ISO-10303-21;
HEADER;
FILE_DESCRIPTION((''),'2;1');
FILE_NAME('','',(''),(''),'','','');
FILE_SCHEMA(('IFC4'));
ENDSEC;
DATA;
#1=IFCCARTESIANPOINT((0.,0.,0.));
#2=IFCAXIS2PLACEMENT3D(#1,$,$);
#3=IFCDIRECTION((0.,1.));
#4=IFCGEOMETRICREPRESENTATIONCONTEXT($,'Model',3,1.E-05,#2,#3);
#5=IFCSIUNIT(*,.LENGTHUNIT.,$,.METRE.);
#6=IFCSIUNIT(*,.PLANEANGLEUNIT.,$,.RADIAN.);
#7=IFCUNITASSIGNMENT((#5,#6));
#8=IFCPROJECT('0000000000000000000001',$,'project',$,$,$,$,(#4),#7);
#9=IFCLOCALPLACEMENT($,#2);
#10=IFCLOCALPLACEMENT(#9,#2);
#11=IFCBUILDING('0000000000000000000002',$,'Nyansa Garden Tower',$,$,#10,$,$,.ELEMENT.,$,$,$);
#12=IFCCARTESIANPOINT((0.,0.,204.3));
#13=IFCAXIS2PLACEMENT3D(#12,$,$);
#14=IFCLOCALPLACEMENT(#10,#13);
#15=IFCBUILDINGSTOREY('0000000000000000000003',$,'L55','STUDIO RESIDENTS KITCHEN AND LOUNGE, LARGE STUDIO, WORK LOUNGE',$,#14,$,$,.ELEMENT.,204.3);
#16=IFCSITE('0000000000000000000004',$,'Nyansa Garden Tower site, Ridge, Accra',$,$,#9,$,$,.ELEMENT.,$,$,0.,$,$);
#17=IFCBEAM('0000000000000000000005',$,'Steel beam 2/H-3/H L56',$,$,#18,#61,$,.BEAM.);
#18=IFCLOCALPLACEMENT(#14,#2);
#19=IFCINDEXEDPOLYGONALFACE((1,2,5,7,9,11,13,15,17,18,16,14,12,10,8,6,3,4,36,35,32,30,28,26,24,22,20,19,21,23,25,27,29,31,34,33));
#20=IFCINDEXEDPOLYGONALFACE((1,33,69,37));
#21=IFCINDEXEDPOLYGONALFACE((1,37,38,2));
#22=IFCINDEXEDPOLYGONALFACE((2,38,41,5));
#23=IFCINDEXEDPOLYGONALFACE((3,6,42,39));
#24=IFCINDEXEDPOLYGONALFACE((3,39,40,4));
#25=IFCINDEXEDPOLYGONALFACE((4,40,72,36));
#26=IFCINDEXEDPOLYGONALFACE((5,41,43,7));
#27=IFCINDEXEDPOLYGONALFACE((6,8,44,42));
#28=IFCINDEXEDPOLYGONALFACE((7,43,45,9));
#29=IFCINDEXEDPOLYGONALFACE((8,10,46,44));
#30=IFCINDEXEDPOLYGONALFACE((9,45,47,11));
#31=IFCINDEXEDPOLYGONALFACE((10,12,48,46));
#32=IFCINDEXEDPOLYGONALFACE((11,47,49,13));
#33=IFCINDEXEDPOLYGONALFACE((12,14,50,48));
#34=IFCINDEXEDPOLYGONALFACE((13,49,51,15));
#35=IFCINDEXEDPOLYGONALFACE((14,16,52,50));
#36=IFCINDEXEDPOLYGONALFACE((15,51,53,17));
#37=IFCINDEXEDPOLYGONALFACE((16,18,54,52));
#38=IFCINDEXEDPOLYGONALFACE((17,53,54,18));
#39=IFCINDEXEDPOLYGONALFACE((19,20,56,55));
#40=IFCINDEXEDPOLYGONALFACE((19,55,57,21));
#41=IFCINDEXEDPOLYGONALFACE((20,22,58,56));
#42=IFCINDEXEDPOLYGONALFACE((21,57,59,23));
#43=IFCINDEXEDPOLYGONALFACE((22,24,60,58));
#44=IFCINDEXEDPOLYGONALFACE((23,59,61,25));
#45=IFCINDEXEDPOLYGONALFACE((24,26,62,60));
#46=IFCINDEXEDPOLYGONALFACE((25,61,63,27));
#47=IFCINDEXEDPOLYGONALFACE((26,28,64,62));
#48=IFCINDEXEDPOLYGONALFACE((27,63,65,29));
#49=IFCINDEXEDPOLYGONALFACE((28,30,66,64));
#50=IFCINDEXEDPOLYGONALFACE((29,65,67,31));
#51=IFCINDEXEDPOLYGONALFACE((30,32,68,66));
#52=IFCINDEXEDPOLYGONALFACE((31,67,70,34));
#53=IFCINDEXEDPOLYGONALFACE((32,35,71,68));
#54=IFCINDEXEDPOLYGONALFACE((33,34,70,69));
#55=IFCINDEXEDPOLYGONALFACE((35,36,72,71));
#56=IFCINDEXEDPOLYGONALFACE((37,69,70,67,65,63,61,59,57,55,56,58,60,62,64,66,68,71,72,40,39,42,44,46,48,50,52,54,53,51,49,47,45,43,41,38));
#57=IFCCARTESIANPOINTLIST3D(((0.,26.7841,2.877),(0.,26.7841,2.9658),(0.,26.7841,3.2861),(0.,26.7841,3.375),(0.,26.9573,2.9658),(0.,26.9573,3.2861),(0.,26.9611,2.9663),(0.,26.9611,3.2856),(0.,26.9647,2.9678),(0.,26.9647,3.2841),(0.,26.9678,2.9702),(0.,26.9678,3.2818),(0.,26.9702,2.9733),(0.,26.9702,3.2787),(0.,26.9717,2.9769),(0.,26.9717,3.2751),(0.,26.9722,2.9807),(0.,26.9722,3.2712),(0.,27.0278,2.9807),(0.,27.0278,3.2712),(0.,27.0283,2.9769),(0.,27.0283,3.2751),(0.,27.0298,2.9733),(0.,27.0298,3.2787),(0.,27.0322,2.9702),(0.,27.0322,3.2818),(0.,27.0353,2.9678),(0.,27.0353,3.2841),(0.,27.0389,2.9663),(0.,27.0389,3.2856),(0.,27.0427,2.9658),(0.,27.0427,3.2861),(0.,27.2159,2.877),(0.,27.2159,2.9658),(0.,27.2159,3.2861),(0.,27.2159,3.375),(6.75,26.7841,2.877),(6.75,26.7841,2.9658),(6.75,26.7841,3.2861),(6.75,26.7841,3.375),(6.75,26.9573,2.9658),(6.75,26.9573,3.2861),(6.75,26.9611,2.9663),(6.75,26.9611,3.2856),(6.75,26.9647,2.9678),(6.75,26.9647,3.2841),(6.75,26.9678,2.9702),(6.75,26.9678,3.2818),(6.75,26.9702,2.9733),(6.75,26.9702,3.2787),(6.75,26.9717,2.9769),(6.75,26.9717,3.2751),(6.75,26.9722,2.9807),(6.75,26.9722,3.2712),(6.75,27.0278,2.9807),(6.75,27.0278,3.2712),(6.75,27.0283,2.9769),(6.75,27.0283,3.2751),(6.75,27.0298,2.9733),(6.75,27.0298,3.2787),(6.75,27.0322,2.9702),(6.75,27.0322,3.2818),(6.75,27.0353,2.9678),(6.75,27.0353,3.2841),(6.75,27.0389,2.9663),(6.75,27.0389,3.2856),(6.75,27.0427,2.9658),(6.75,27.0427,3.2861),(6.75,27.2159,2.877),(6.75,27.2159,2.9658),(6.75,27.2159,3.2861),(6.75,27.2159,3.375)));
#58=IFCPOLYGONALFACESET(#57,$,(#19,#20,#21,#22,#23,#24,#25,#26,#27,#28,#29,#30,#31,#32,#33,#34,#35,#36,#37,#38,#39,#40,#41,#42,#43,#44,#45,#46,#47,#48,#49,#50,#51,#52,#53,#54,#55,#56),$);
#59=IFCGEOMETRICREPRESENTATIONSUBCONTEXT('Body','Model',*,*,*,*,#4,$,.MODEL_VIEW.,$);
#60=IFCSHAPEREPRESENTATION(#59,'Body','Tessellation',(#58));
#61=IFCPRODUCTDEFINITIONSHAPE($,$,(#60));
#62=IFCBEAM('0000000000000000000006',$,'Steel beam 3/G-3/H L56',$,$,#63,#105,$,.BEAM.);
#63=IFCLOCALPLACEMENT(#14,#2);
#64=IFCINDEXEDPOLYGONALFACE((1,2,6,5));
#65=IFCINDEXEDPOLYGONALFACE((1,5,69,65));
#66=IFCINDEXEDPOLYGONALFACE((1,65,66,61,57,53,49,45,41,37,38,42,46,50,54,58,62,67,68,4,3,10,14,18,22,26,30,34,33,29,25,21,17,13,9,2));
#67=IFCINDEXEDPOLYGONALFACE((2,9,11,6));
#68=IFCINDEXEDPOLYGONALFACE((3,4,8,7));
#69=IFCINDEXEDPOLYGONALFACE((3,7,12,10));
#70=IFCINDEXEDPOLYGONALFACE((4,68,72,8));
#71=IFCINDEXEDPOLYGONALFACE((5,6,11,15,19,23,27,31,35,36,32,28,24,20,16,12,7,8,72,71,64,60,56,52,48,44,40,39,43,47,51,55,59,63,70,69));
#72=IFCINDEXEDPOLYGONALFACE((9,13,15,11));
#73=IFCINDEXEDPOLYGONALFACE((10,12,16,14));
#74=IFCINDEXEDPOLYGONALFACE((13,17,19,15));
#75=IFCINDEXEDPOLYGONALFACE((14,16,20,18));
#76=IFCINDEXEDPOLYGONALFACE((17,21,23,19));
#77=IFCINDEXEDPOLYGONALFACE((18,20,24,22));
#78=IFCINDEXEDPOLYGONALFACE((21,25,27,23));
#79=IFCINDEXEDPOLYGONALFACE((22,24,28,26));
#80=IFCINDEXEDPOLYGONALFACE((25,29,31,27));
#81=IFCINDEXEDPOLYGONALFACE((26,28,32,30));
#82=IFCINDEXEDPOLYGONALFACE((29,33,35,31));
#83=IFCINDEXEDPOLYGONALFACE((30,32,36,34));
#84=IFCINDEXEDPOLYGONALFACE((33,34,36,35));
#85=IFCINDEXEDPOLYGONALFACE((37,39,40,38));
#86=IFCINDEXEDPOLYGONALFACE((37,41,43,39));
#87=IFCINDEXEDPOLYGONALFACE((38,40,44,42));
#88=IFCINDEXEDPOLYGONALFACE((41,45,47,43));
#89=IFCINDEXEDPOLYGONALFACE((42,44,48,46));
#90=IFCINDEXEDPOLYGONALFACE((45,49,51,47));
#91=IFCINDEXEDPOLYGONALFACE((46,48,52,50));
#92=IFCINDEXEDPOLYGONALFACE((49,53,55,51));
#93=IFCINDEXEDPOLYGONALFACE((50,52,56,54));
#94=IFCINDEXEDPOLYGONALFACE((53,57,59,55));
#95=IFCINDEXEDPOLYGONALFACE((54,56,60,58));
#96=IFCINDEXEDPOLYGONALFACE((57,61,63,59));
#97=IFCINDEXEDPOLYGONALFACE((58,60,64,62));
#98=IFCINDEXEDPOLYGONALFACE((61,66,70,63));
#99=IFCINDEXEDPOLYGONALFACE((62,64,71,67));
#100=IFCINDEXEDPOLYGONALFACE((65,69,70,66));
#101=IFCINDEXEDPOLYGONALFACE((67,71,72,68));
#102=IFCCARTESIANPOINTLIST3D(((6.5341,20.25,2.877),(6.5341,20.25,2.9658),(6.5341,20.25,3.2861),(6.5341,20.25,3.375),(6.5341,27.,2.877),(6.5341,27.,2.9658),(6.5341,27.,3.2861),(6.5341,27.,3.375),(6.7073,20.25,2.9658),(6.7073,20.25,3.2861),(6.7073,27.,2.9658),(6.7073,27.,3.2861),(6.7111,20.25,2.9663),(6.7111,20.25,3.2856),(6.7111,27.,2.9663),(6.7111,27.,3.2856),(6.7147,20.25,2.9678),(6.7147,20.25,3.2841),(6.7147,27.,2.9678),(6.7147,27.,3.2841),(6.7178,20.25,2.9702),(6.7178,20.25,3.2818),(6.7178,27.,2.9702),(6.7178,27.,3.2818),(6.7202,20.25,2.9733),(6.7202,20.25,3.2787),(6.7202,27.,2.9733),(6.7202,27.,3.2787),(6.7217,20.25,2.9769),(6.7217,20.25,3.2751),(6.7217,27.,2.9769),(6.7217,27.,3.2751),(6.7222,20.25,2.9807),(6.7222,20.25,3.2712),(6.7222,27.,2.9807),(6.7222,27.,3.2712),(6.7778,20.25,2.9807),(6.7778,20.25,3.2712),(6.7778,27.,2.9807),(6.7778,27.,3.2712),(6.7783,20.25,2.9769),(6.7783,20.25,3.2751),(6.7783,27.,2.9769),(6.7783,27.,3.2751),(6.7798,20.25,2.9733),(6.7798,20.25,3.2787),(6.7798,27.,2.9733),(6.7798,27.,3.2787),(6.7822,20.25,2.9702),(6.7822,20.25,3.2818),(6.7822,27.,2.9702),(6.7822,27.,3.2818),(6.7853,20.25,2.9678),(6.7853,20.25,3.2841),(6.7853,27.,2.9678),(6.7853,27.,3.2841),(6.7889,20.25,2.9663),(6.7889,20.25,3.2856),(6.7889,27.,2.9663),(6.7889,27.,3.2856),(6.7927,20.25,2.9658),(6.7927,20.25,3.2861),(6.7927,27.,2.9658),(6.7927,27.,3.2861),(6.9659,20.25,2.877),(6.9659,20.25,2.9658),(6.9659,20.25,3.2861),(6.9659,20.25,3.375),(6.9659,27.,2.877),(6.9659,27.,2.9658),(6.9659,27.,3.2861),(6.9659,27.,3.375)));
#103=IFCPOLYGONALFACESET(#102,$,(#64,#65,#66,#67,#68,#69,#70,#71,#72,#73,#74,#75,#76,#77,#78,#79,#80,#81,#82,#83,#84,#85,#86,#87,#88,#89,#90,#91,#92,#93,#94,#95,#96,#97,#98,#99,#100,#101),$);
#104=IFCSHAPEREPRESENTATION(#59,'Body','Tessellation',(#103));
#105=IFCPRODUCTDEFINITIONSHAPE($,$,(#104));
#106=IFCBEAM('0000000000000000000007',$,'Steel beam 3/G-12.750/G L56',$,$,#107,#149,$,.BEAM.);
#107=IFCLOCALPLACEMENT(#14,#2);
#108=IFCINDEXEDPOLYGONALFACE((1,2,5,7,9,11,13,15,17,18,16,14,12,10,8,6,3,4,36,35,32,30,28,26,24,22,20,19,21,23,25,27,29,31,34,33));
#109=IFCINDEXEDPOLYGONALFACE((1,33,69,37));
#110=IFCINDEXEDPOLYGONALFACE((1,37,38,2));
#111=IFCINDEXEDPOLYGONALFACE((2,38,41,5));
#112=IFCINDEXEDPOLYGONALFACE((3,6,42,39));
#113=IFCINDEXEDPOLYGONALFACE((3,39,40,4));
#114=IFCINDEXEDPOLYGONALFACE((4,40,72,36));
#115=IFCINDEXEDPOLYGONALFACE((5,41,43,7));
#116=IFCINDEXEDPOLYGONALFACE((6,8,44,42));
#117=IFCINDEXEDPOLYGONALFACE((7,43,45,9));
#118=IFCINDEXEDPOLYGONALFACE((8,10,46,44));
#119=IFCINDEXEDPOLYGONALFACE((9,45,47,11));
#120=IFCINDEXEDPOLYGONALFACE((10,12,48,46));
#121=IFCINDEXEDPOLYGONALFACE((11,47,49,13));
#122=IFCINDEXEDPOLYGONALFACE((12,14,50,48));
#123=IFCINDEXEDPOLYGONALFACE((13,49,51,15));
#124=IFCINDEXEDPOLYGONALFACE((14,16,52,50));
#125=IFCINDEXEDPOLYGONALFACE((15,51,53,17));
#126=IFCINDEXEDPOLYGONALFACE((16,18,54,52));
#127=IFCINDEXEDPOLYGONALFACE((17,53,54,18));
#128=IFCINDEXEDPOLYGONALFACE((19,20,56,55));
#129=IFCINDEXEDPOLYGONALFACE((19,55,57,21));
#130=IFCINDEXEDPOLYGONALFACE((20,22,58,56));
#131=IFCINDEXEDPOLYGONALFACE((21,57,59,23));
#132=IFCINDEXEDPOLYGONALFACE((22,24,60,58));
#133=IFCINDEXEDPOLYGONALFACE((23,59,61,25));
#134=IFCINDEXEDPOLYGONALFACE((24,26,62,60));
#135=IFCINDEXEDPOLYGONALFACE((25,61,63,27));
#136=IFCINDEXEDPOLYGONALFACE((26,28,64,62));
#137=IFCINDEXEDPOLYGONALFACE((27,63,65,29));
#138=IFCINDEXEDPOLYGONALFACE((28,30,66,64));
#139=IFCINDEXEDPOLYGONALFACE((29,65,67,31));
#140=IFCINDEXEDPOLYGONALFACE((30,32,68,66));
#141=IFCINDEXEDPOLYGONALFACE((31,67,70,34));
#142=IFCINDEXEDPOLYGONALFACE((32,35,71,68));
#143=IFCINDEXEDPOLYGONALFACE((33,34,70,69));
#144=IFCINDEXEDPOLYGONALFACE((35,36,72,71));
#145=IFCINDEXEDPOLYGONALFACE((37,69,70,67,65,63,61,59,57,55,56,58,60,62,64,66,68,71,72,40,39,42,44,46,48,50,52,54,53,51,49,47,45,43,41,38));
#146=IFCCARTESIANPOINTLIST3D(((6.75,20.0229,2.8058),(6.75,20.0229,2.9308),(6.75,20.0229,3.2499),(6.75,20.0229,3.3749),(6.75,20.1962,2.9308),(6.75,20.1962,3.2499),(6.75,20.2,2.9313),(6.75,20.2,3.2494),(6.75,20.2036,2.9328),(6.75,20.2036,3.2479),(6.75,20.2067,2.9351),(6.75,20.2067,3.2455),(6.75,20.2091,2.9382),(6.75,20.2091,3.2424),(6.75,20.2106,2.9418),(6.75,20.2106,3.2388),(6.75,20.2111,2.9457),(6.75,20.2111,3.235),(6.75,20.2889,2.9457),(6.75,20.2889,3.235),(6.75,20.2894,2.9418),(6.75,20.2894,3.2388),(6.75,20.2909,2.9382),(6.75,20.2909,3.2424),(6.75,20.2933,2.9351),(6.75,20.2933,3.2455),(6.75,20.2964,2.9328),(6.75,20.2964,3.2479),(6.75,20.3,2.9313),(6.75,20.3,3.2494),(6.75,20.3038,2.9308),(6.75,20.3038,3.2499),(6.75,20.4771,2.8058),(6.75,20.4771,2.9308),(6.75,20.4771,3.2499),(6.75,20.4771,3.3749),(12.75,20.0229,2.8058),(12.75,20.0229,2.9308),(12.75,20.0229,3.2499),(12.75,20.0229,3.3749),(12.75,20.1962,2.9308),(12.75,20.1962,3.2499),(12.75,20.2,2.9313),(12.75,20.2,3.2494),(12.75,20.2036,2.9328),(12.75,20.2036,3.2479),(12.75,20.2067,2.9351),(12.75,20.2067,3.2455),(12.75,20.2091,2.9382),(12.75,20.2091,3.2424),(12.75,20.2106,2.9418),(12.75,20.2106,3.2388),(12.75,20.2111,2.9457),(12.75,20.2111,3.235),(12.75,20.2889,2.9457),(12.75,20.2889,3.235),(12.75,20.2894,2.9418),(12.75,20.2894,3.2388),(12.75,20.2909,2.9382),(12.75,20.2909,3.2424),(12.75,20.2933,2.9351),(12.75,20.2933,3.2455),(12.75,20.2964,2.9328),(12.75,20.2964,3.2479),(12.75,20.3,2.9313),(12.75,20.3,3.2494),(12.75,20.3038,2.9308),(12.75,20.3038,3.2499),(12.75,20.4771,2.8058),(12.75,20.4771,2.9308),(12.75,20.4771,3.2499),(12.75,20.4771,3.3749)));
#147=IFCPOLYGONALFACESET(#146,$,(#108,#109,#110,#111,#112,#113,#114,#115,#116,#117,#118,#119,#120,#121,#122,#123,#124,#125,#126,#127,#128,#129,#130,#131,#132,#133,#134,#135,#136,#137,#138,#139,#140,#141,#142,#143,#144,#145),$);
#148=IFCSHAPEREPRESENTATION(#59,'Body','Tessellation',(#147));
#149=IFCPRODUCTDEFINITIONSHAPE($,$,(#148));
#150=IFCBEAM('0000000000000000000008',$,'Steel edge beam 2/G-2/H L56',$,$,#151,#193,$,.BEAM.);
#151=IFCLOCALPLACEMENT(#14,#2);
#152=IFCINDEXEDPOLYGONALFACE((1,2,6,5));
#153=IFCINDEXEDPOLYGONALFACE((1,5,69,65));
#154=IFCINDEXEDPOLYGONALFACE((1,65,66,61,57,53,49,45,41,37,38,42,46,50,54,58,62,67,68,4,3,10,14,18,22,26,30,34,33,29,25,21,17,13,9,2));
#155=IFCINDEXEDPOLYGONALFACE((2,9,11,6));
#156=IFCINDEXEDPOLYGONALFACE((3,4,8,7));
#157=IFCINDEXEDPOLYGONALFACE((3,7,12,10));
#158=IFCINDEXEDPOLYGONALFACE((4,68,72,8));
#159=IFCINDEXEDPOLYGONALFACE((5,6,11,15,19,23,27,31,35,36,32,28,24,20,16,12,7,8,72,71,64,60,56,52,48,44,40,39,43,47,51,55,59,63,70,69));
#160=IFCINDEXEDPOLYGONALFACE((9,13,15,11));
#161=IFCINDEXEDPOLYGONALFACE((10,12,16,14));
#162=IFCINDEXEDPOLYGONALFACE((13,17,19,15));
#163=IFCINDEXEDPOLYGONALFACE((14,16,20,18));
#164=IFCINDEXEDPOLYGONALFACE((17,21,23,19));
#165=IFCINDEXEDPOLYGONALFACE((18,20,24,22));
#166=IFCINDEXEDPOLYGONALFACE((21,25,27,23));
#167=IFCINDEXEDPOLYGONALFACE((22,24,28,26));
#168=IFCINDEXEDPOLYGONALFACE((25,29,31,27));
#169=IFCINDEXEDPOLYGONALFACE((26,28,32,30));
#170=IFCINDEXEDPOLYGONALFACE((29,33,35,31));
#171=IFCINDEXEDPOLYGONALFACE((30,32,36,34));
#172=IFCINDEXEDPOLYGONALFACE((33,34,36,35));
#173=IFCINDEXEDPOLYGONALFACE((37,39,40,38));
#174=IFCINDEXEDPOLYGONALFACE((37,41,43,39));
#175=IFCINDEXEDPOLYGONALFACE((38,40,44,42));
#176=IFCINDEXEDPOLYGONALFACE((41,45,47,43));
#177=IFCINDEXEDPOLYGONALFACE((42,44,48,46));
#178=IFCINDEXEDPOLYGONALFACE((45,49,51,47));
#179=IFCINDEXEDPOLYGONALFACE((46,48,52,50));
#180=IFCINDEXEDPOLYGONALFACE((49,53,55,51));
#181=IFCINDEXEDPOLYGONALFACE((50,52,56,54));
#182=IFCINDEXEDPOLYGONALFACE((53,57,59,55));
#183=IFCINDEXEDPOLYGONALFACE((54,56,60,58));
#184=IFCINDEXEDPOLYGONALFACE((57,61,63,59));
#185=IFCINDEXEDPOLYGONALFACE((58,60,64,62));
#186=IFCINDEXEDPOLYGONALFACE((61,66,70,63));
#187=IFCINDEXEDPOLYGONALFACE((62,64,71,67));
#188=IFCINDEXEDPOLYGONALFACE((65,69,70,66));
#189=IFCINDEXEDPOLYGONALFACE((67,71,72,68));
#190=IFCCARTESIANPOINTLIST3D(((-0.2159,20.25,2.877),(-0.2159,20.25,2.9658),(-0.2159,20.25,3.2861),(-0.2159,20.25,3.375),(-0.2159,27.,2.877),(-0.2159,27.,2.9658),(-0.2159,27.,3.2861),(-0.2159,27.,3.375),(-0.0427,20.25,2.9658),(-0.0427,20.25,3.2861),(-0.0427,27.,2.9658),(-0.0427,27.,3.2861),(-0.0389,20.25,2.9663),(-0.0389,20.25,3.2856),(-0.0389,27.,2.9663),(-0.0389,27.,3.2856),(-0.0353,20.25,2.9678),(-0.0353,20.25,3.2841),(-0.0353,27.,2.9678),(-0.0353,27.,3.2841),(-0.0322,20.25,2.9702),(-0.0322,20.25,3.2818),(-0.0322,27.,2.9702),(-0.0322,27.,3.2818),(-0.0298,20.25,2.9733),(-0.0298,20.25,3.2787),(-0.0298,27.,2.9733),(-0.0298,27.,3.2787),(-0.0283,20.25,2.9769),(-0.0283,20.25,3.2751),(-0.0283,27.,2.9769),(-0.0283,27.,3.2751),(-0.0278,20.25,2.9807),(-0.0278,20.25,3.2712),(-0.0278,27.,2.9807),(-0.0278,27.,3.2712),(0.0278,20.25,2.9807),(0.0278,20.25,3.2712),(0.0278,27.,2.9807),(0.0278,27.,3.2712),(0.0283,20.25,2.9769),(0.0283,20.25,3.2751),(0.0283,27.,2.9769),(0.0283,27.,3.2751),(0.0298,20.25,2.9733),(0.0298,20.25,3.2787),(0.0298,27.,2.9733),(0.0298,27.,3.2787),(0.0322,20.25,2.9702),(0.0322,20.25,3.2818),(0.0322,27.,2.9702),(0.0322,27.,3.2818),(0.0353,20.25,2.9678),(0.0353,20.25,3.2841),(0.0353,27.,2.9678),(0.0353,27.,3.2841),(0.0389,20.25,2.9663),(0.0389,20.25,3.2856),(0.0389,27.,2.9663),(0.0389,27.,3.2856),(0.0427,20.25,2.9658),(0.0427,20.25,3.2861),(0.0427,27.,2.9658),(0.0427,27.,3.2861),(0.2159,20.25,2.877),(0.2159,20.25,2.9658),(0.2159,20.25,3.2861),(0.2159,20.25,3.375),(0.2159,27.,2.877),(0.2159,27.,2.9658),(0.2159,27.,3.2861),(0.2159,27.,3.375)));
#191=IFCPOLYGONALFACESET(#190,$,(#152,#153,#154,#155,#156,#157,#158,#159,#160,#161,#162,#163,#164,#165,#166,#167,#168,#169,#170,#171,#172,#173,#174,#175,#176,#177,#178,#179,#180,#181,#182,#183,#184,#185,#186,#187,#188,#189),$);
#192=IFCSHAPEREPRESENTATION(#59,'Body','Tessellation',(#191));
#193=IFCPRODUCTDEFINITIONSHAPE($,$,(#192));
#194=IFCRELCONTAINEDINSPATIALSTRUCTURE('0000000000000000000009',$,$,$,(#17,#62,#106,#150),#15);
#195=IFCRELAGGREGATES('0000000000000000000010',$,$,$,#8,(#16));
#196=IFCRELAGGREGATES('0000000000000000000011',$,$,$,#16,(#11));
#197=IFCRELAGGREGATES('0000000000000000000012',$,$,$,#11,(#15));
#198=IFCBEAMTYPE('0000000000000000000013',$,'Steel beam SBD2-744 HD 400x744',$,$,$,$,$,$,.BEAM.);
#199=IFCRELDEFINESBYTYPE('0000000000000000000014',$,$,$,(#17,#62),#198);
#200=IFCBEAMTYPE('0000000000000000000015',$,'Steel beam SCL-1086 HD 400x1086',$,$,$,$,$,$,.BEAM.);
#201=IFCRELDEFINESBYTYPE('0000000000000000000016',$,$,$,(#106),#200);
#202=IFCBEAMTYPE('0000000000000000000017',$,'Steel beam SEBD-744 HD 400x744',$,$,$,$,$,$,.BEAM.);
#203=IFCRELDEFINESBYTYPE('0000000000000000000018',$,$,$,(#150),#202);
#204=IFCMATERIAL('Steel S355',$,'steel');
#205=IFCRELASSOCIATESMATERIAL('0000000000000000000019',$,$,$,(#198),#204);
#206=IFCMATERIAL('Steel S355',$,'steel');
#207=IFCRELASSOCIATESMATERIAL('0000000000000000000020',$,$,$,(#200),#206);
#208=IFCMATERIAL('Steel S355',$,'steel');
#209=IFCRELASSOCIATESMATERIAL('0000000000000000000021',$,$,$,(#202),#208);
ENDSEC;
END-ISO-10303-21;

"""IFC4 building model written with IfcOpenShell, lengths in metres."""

from ifc_helpers import new_model, si_unit, direction, frame, origin, origin_2d, place, context, subcontext, project, spatial, i_section, extrude, material, material_profile, profile_set, type_object, element, save


model = new_model("IFC4")

# Units and contexts
model_context = context("Model", 3, precision=1e-05, world=origin(), true_north=direction((0.0, 1.0)))
body_context = subcontext(model_context, "Body", "Model", "MODEL_VIEW")
ifc_project = project(units=[si_unit("LENGTHUNIT", "METRE"), si_unit("PLANEANGLEUNIT", "RADIAN")], contexts=[model_context])

# Site, building, storey
site_placement = place(None, origin())
site = spatial("IfcSite", under=ifc_project, at=site_placement, Name="Nyansa Garden Tower site, Ridge, Accra", CompositionType="ELEMENT", RefElevation=0.0)
building_placement = place(site_placement, origin())
building = spatial("IfcBuilding", under=site, at=building_placement, Name="Nyansa Garden Tower", CompositionType="ELEMENT")
storey_placement = place(building_placement, frame((0.0, 0.0, 204.3)))
storey = spatial("IfcBuildingStorey", under=building, at=storey_placement, Name="L55", Description="STUDIO RESIDENTS KITCHEN AND LOUNGE, LARGE STUDIO, WORK LOUNGE", CompositionType="ELEMENT", Elevation=204.3)

# Beams
ifc_material_1 = material(Name="Steel S355", Category="steel")
ifc_material_profile_1 = material_profile(ifc_material_1, i_section(OverallWidth=0.4319, OverallDepth=0.498, WebThickness=0.0557, FlangeThickness=0.0889, FilletRadius=0.0149, at=origin_2d()), Name="HD 400x744")
ifc_profile_set_1 = profile_set([ifc_material_profile_1], Name="Steel S355")
beam_type_1 = type_object("IfcBeamType", Name="Steel beam SBD2-744 HD 400x744", PredefinedType="BEAM", material=ifc_profile_set_1)
for number, where, z_axis, x_axis, name in (
    (1, (0.0, 27.0, 3.126), (1.0, 0.0, 0.0), (0.0, 1.0, 0.0), "Steel beam 2/H-3/H L56"),
    (2, (6.75, 20.25, 3.126), (0.0, 1.0, 0.0), (-1.0, 0.0, 0.0), "Steel beam 3/G-3/H L56"),
):
    element("IfcBeam", number, at=place(storey_placement, frame(where, z_axis=z_axis, x_axis=x_axis)), inside=storey, type_object=beam_type_1, Name=name, PredefinedType="BEAM", context=body_context, shape_type="SweptSolid", body=[
        extrude(i_section(OverallWidth=0.4319, OverallDepth=0.498, WebThickness=0.0557, FlangeThickness=0.0889, FilletRadius=0.0149, at=origin_2d()), origin(), (0.0, 0.0, 1.0), 6.75),
    ])
ifc_material_2 = material(Name="Steel S355", Category="steel")
ifc_material_profile_2 = material_profile(ifc_material_2, i_section(OverallWidth=0.4541, OverallDepth=0.5691, WebThickness=0.0779, FlangeThickness=0.125, FilletRadius=0.0149, at=origin_2d()), Name="HD 400x1086")
ifc_profile_set_2 = profile_set([ifc_material_profile_2], Name="Steel S355")
beam_type_2 = type_object("IfcBeamType", Name="Steel beam SCL-1086 HD 400x1086", PredefinedType="BEAM", material=ifc_profile_set_2)
beam_1_placement = place(storey_placement, frame((6.75, 20.25, 3.0903), z_axis=(1.0, 0.0, 0.0), x_axis=(0.0, 1.0, 0.0)))
element("IfcBeam", 3, at=beam_1_placement, inside=storey, type_object=beam_type_2, Name="Steel beam 3/G-12.750/G L56", PredefinedType="BEAM", context=body_context, shape_type="SweptSolid", body=[
    extrude(i_section(OverallWidth=0.4541, OverallDepth=0.5691, WebThickness=0.0779, FlangeThickness=0.125, FilletRadius=0.0149, at=origin_2d()), origin(), (0.0, 0.0, 1.0), 6.0),
])
ifc_material_3 = material(Name="Steel S355", Category="steel")
ifc_material_profile_3 = material_profile(ifc_material_3, i_section(OverallWidth=0.4319, OverallDepth=0.498, WebThickness=0.0557, FlangeThickness=0.0889, FilletRadius=0.0149, at=origin_2d()), Name="HD 400x744")
ifc_profile_set_3 = profile_set([ifc_material_profile_3], Name="Steel S355")
beam_type_3 = type_object("IfcBeamType", Name="Steel beam SEBD-744 HD 400x744", PredefinedType="BEAM", material=ifc_profile_set_3)
beam_2_placement = place(storey_placement, frame((0.0, 20.25, 3.126), z_axis=(0.0, 1.0, 0.0), x_axis=(-1.0, 0.0, 0.0)))
element("IfcBeam", 4, at=beam_2_placement, inside=storey, type_object=beam_type_3, Name="Steel edge beam 2/G-2/H L56", PredefinedType="BEAM", context=body_context, shape_type="SweptSolid", body=[
    extrude(i_section(OverallWidth=0.4319, OverallDepth=0.498, WebThickness=0.0557, FlangeThickness=0.0889, FilletRadius=0.0149, at=origin_2d()), origin(), (0.0, 0.0, 1.0), 6.75),
])

save(model, "model.ifc")
